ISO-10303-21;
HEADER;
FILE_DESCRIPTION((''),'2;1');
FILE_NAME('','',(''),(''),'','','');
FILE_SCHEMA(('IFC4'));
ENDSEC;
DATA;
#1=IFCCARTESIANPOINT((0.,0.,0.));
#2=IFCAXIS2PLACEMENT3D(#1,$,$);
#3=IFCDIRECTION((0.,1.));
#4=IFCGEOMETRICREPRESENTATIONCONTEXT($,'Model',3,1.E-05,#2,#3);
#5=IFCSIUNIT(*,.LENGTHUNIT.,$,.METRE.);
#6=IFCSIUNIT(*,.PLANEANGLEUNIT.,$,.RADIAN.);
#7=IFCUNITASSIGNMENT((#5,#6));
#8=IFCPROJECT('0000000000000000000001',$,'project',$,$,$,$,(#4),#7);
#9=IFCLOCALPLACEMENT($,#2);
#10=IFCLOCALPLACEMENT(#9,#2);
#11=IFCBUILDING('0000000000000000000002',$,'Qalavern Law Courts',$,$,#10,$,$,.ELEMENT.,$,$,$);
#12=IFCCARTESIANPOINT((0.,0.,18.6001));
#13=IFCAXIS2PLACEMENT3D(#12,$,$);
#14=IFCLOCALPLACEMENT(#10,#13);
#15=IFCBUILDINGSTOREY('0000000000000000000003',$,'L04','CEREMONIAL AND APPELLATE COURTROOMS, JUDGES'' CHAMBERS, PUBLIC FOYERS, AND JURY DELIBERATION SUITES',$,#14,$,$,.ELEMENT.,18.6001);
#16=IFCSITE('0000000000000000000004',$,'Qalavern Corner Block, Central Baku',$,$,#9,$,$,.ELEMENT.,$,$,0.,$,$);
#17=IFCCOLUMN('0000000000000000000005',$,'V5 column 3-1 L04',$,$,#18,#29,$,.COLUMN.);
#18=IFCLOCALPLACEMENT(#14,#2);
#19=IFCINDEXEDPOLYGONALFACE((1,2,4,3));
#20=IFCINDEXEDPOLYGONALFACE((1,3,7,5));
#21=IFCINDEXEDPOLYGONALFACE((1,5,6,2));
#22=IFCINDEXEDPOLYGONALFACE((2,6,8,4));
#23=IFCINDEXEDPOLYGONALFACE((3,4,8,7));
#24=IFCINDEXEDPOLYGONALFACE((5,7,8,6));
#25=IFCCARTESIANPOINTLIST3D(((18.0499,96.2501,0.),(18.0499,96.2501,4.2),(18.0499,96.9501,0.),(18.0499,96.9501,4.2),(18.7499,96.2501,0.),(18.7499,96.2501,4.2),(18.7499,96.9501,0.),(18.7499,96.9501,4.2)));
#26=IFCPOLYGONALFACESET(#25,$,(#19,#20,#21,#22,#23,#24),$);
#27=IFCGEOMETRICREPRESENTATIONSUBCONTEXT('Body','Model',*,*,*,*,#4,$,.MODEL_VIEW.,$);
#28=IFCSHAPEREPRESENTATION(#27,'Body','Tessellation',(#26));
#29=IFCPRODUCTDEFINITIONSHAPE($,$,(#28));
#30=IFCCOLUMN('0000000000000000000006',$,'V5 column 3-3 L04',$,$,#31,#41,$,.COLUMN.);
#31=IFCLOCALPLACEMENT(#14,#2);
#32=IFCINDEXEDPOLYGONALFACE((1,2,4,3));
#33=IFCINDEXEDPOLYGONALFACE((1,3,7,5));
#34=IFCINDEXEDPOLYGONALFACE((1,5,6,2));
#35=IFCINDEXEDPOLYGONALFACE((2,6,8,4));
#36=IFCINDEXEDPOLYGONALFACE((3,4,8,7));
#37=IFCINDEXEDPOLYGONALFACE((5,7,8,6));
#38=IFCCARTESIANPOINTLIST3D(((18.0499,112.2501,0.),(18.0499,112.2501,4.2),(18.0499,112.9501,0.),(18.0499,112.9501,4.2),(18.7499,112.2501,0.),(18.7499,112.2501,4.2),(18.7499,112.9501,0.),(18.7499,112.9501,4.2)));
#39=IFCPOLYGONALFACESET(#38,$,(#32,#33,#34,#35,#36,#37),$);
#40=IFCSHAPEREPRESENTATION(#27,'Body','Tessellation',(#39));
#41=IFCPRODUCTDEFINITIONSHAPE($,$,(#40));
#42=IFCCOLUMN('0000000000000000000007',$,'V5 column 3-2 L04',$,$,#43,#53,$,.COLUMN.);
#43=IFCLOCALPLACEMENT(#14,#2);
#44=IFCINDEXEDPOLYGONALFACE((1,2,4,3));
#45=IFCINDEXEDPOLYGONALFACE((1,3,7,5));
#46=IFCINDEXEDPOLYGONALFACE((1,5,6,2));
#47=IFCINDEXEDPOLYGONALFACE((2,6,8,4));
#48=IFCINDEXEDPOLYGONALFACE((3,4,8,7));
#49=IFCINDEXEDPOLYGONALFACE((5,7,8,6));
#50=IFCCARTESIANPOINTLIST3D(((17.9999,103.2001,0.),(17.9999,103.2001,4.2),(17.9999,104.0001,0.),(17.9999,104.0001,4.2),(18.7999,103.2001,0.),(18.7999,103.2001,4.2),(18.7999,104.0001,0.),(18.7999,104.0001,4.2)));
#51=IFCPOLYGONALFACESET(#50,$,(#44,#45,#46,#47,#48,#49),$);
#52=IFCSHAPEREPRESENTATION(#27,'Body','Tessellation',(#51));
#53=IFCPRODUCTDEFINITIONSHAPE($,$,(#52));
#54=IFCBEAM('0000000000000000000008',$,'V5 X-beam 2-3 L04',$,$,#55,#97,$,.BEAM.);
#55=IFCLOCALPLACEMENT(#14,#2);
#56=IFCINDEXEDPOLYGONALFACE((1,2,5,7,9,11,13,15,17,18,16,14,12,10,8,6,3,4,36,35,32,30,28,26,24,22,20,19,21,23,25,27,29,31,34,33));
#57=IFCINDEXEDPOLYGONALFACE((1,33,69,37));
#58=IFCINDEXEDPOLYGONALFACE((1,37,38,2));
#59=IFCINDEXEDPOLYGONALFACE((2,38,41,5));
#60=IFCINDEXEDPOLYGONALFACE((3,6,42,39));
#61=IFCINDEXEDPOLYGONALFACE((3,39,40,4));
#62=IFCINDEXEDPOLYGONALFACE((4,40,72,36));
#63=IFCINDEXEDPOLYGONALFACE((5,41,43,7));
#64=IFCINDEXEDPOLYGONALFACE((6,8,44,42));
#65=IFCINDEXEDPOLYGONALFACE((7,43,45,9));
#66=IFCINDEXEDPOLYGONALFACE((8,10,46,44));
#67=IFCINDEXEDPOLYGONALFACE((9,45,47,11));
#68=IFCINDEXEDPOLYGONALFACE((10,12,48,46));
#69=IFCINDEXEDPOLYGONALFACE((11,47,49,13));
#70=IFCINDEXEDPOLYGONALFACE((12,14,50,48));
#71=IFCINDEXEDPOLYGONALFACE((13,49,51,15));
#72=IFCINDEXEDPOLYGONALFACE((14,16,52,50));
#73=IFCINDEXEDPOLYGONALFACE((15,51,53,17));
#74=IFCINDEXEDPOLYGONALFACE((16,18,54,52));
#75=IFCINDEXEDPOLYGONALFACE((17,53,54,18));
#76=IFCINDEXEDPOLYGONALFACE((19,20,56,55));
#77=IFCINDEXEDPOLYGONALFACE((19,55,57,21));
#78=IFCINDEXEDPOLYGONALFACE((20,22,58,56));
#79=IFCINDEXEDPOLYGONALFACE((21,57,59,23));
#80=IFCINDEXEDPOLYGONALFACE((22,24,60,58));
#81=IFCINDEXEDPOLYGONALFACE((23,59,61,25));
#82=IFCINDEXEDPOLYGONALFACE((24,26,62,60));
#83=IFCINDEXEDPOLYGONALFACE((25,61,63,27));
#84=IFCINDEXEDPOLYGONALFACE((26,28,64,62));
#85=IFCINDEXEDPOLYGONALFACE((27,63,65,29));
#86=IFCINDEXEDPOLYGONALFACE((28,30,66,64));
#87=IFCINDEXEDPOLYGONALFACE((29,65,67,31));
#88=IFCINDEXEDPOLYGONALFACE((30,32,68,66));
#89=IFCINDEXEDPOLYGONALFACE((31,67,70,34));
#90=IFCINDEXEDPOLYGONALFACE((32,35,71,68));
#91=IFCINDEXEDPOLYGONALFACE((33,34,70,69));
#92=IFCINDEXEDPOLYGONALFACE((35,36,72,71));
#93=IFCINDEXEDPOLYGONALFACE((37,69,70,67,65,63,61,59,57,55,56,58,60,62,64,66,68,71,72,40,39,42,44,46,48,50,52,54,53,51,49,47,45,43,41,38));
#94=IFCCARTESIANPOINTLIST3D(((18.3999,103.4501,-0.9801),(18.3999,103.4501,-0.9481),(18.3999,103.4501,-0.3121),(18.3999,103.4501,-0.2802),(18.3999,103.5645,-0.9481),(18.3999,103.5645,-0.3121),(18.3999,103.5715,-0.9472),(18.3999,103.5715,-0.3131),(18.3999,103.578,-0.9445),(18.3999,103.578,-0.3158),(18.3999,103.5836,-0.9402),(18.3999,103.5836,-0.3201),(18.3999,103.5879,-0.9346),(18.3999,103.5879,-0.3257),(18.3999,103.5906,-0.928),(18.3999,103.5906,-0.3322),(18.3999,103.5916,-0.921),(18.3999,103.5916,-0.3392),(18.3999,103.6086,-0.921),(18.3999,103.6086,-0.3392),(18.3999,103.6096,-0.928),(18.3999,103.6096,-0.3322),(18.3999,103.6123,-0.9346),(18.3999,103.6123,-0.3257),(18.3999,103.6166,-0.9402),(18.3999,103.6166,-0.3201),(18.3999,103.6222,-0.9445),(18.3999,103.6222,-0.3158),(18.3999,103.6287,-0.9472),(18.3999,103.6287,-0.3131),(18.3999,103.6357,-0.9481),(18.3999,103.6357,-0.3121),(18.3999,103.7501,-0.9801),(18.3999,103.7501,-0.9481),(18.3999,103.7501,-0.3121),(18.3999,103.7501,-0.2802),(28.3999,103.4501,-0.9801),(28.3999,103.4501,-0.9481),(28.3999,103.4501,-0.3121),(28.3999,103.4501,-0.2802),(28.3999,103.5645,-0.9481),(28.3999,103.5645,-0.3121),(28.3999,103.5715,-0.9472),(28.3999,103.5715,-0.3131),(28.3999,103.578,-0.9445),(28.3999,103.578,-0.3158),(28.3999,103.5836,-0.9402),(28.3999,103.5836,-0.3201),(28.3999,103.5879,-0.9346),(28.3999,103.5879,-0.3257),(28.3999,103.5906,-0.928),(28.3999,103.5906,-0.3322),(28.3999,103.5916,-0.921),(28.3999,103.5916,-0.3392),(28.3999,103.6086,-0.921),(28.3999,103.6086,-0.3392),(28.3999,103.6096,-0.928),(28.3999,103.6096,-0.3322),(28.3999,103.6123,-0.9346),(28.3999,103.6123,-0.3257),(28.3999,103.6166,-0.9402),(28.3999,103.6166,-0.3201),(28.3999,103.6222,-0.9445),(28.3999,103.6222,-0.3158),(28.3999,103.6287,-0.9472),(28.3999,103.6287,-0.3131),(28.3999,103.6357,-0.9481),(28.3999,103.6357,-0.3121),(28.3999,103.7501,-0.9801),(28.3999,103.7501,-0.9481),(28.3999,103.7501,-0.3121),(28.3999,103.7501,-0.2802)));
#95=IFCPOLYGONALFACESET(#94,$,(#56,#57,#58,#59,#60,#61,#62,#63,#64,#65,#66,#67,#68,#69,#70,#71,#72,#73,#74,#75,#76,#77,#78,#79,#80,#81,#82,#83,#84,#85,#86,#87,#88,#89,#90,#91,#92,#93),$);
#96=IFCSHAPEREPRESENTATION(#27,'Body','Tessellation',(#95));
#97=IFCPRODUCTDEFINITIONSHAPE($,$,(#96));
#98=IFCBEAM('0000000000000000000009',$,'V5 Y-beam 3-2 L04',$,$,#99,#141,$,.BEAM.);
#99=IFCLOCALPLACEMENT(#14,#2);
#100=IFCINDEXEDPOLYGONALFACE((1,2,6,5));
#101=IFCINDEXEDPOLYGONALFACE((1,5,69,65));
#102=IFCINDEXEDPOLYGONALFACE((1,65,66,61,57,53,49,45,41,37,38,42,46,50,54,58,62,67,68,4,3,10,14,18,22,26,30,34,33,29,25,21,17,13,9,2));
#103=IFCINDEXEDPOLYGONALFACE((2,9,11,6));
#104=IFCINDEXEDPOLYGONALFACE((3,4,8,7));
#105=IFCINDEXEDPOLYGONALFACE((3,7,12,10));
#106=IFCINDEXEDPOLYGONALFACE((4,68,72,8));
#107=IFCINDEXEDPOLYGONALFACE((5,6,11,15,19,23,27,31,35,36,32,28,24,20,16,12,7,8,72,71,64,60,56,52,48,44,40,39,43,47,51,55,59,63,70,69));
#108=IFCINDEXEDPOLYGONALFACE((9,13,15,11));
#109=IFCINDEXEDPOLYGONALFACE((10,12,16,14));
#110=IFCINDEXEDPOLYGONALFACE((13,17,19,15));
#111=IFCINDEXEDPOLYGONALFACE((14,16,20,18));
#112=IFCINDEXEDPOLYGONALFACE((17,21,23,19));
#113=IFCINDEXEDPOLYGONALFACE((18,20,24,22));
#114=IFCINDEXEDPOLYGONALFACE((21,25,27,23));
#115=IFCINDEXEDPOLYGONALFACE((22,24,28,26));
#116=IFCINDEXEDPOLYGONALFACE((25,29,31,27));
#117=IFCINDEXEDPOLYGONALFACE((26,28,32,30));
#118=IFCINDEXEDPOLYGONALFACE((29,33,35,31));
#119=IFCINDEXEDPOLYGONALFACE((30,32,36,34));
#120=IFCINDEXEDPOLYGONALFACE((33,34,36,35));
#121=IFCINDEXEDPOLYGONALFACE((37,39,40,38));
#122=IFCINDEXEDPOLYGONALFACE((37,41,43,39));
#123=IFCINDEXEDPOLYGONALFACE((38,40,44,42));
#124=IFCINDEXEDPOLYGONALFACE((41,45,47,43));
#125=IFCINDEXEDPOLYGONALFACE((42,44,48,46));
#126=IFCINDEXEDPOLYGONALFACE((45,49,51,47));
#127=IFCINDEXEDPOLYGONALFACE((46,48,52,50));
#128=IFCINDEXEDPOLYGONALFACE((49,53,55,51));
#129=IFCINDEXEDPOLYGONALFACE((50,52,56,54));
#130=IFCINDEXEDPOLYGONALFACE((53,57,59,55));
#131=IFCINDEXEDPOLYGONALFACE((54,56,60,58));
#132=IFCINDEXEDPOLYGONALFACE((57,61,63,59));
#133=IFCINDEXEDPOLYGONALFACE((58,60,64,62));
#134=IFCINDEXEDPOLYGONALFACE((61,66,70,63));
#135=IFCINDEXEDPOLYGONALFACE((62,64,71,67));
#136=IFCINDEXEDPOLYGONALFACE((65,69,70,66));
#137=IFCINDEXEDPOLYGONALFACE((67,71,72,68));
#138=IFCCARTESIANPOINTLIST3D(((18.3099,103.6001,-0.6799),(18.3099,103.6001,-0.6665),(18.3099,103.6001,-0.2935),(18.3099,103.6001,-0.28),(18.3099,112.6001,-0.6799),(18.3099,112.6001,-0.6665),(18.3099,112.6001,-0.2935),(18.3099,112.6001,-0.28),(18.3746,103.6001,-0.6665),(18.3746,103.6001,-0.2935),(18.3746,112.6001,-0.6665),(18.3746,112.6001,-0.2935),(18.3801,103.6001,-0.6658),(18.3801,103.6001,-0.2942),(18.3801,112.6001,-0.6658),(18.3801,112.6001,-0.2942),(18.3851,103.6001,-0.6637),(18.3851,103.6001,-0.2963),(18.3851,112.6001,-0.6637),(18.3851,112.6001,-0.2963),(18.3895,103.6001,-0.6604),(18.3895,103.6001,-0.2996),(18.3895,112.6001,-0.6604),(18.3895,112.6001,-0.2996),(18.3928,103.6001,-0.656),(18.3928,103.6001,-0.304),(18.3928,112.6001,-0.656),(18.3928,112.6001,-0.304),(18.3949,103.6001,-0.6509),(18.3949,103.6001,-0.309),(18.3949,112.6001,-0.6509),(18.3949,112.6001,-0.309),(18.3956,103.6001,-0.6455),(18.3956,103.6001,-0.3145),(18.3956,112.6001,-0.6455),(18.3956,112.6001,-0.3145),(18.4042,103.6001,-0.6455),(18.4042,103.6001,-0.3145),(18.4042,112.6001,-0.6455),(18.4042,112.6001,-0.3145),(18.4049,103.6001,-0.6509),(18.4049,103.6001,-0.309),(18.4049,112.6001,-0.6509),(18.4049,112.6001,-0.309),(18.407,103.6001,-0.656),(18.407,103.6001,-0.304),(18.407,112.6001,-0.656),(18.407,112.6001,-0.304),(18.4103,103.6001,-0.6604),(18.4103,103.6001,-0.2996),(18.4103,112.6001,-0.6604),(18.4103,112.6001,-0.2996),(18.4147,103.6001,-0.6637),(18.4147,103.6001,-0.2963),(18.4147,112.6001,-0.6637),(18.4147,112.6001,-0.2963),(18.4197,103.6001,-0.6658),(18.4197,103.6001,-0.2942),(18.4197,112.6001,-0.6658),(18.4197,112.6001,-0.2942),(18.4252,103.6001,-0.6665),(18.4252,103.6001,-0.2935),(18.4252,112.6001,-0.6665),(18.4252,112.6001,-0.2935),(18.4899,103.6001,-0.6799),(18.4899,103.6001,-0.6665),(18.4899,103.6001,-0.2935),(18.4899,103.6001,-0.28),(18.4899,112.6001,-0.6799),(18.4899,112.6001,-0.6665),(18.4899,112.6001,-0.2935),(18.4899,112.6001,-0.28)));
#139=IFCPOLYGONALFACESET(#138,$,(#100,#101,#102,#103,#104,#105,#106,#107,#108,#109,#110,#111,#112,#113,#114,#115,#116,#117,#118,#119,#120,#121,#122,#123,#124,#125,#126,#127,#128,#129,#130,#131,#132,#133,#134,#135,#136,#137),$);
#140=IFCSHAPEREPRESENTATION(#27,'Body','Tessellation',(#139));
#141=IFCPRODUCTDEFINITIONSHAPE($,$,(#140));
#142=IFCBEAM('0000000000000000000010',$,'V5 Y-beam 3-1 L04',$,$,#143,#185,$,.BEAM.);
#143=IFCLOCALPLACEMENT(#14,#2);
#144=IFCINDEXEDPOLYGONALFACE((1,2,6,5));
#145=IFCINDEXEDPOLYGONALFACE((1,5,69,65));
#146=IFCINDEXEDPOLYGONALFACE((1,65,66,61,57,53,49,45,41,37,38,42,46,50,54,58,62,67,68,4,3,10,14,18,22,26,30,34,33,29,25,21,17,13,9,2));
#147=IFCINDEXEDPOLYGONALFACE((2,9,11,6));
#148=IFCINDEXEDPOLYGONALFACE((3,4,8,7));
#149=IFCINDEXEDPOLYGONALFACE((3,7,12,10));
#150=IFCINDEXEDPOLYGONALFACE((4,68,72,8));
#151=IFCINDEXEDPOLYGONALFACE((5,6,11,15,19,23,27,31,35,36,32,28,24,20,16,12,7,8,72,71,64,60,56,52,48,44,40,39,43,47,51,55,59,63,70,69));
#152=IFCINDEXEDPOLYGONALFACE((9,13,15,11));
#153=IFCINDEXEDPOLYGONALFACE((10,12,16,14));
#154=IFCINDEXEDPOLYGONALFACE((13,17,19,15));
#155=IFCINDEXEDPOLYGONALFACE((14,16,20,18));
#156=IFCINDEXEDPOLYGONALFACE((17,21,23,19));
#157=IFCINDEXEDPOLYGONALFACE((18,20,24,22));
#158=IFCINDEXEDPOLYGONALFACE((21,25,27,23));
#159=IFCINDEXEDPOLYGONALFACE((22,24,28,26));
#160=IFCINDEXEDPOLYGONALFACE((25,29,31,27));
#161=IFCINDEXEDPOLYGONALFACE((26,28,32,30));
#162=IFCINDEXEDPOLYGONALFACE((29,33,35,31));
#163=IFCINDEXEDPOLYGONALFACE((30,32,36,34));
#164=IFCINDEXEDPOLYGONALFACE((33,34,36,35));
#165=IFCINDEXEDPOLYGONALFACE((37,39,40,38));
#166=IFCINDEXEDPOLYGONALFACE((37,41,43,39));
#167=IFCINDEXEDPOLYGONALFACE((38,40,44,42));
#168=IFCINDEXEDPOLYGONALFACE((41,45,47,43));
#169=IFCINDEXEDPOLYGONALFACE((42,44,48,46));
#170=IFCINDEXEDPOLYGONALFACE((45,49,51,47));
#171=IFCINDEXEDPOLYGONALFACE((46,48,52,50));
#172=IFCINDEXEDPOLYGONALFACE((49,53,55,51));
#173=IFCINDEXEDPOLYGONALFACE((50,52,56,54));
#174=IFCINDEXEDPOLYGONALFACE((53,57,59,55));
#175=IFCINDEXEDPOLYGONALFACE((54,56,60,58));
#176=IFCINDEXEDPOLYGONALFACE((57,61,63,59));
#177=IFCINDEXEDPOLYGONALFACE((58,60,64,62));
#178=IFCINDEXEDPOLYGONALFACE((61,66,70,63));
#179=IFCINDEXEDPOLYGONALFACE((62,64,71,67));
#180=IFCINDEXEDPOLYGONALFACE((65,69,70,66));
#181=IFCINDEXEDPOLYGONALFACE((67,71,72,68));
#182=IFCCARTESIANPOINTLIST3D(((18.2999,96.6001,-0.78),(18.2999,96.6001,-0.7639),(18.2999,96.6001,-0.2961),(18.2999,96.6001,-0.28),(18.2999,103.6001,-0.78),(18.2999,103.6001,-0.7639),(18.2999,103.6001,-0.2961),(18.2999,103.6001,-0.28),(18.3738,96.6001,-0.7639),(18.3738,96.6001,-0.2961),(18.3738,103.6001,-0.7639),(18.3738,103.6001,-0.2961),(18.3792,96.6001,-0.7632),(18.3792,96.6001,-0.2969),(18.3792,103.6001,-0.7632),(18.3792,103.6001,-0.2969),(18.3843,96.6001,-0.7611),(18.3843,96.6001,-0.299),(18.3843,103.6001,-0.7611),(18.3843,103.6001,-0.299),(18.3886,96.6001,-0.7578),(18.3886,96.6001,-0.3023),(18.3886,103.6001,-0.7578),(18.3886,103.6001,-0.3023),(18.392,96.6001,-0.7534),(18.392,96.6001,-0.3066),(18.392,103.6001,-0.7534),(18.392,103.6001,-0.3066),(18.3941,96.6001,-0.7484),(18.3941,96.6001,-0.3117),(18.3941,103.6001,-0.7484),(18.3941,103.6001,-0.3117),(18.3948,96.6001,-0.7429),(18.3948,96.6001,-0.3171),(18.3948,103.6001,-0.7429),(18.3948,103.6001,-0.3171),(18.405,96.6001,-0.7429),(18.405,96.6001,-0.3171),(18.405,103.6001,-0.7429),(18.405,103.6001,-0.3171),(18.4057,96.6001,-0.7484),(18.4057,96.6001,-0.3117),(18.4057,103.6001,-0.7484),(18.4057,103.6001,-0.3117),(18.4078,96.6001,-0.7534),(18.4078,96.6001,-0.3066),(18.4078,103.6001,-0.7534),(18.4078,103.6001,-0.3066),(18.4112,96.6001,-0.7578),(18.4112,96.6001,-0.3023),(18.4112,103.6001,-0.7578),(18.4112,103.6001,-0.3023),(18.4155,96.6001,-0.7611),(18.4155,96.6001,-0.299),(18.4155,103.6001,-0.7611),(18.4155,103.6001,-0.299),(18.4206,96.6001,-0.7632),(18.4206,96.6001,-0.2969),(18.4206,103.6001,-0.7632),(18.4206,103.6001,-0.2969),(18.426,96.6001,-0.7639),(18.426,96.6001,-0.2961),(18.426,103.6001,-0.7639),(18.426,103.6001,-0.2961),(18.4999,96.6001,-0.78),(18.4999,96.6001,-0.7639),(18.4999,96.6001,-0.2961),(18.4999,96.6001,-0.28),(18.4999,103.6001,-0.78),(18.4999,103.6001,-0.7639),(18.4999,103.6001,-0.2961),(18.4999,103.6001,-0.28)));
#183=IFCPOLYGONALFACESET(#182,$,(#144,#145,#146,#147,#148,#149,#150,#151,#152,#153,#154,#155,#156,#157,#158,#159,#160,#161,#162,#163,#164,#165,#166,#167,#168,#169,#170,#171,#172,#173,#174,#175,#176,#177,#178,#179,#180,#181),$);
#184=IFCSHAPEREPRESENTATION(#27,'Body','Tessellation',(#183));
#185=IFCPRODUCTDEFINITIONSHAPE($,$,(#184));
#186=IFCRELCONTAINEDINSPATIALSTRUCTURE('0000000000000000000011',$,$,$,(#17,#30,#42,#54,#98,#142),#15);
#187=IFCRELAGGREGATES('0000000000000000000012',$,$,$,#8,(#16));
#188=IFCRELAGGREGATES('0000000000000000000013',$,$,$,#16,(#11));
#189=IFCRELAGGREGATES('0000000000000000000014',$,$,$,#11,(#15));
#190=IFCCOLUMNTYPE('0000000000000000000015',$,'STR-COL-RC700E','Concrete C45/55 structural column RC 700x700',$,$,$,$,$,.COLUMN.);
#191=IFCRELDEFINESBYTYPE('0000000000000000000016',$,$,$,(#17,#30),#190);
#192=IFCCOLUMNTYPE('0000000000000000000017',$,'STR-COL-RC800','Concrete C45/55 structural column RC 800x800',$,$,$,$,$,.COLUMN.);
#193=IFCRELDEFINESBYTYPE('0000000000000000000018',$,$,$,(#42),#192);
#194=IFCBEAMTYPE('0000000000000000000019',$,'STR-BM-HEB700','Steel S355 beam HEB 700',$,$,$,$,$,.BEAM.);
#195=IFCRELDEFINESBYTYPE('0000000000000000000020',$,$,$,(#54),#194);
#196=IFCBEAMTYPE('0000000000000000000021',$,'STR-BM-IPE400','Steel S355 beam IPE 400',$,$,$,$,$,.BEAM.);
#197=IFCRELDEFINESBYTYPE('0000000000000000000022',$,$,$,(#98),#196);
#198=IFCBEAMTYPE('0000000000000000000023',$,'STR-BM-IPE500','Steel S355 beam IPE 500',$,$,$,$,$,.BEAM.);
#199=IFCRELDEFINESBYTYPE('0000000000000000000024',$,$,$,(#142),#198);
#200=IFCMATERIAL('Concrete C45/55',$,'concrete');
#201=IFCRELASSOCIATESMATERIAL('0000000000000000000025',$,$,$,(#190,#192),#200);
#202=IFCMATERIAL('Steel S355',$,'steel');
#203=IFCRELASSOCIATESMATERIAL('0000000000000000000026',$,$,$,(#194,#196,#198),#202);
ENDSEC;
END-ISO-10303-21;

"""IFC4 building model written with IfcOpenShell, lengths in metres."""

from ifc_helpers import new_model, si_unit, direction, frame, origin, origin_2d, place, context, subcontext, project, spatial, rectangle, i_section, extrude, material, material_profile, profile_set, type_object, element, save


model = new_model("IFC4")

# Units and contexts
model_context = context("Model", 3, precision=1e-05, world=origin(), true_north=direction((0.0, 1.0)))
body_context = subcontext(model_context, "Body", "Model", "MODEL_VIEW")
ifc_project = project(units=[si_unit("LENGTHUNIT", "METRE"), si_unit("PLANEANGLEUNIT", "RADIAN")], contexts=[model_context])

# Site, building, storey
site_placement = place(None, origin())
site = spatial("IfcSite", under=ifc_project, at=site_placement, Name="Qalavern Corner Block, Central Baku", CompositionType="ELEMENT", RefElevation=0.0)
building_placement = place(site_placement, origin())
building = spatial("IfcBuilding", under=site, at=building_placement, Name="Qalavern Law Courts", CompositionType="ELEMENT")
storey_placement = place(building_placement, frame((0.0, 0.0, 18.6001)))
storey = spatial("IfcBuildingStorey", under=building, at=storey_placement, Name="L04", Description="CEREMONIAL AND APPELLATE COURTROOMS, JUDGES' CHAMBERS, PUBLIC FOYERS, AND JURY DELIBERATION SUITES", CompositionType="ELEMENT", Elevation=18.6001)

# Columns
ifc_material_1 = material(Name="Concrete C45/55", Category="concrete")
ifc_material_profile_1 = material_profile(ifc_material_1, rectangle(XDim=0.7, YDim=0.7, at=origin_2d()), Name="RC 700x700")
ifc_profile_set_1 = profile_set([ifc_material_profile_1], Name="Concrete C45/55")
column_type_1 = type_object("IfcColumnType", Name="STR-COL-RC700E", Description="Concrete C45/55 structural column RC 700x700", PredefinedType="COLUMN", material=ifc_profile_set_1)
for number, where, z_axis, x_axis, name in (
    (1, (18.3999, 96.6001, 0.0), (0.0, 0.0, 1.0), (1.0, 0.0, 0.0), "V5 column 3-1 L04"),
    (2, (18.3999, 112.6001, 0.0), (0.0, 0.0, 1.0), (1.0, 0.0, 0.0), "V5 column 3-3 L04"),
):
    element("IfcColumn", number, at=place(storey_placement, frame(where, z_axis=z_axis, x_axis=x_axis)), inside=storey, type_object=column_type_1, Name=name, PredefinedType="COLUMN", context=body_context, shape_type="SweptSolid", body=[
        extrude(rectangle(XDim=0.7, YDim=0.7, at=origin_2d()), origin(), (0.0, 0.0, 1.0), 4.2),
    ])
ifc_material_profile_2 = material_profile(ifc_material_1, rectangle(XDim=0.8, YDim=0.8, at=origin_2d()), Name="RC 800x800")
ifc_profile_set_2 = profile_set([ifc_material_profile_2], Name="Concrete C45/55")
column_type_2 = type_object("IfcColumnType", Name="STR-COL-RC800", Description="Concrete C45/55 structural column RC 800x800", PredefinedType="COLUMN", material=ifc_profile_set_2)
column_placement = place(storey_placement, frame((18.3999, 103.6001, 0.0), z_axis=(0.0, 0.0, 1.0), x_axis=(1.0, 0.0, 0.0)))
element("IfcColumn", 3, at=column_placement, inside=storey, type_object=column_type_2, Name="V5 column 3-2 L04", PredefinedType="COLUMN", context=body_context, shape_type="SweptSolid", body=[
    extrude(rectangle(XDim=0.8, YDim=0.8, at=origin_2d()), origin(), (0.0, 0.0, 1.0), 4.2),
])

# Beams
ifc_material_2 = material(Name="Steel S355", Category="steel")
ifc_material_profile_3 = material_profile(ifc_material_2, i_section(OverallWidth=0.3, OverallDepth=0.7, WebThickness=0.0171, FlangeThickness=0.032, FilletRadius=0.0271, at=origin_2d()), Name="HEB 700")
ifc_profile_set_3 = profile_set([ifc_material_profile_3], Name="Steel S355")
beam_type_1 = type_object("IfcBeamType", Name="STR-BM-HEB700", Description="Steel S355 beam HEB 700", PredefinedType="BEAM", material=ifc_profile_set_3)
beam_1_placement = place(storey_placement, frame((18.3999, 103.6001, -0.6301), z_axis=(1.0, 0.0, 0.0), x_axis=(0.0, 1.0, 0.0)))
element("IfcBeam", 4, at=beam_1_placement, inside=storey, type_object=beam_type_1, Name="V5 X-beam 2-3 L04", PredefinedType="BEAM", context=body_context, shape_type="SweptSolid", body=[
    extrude(i_section(OverallWidth=0.3, OverallDepth=0.7, WebThickness=0.0171, FlangeThickness=0.032, FilletRadius=0.0271, at=origin_2d()), origin(), (0.0, 0.0, 1.0), 10.0),
])
ifc_material_profile_4 = material_profile(ifc_material_2, i_section(OverallWidth=0.1799, OverallDepth=0.3999, WebThickness=0.0085, FlangeThickness=0.0134, FilletRadius=0.021, at=origin_2d()), Name="IPE 400")
ifc_profile_set_4 = profile_set([ifc_material_profile_4], Name="Steel S355")
beam_type_2 = type_object("IfcBeamType", Name="STR-BM-IPE400", Description="Steel S355 beam IPE 400", PredefinedType="BEAM", material=ifc_profile_set_4)
beam_2_placement = place(storey_placement, frame((18.3999, 103.6001, -0.48), z_axis=(0.0, 1.0, 0.0), x_axis=(-1.0, 0.0, 0.0)))
element("IfcBeam", 5, at=beam_2_placement, inside=storey, type_object=beam_type_2, Name="V5 Y-beam 3-2 L04", PredefinedType="BEAM", context=body_context, shape_type="SweptSolid", body=[
    extrude(i_section(OverallWidth=0.1799, OverallDepth=0.3999, WebThickness=0.0085, FlangeThickness=0.0134, FilletRadius=0.021, at=origin_2d()), origin(), (0.0, 0.0, 1.0), 9.0),
])
ifc_material_profile_5 = material_profile(ifc_material_2, i_section(OverallWidth=0.2, OverallDepth=0.5, WebThickness=0.0103, FlangeThickness=0.0161, FilletRadius=0.021, at=origin_2d()), Name="IPE 500")
ifc_profile_set_5 = profile_set([ifc_material_profile_5], Name="Steel S355")
beam_type_3 = type_object("IfcBeamType", Name="STR-BM-IPE500", Description="Steel S355 beam IPE 500", PredefinedType="BEAM", material=ifc_profile_set_5)
beam_3_placement = place(storey_placement, frame((18.3999, 96.6001, -0.53), z_axis=(0.0, 1.0, 0.0), x_axis=(-1.0, 0.0, 0.0)))
element("IfcBeam", 6, at=beam_3_placement, inside=storey, type_object=beam_type_3, Name="V5 Y-beam 3-1 L04", PredefinedType="BEAM", context=body_context, shape_type="SweptSolid", body=[
    extrude(i_section(OverallWidth=0.2, OverallDepth=0.5, WebThickness=0.0103, FlangeThickness=0.0161, FilletRadius=0.021, at=origin_2d()), origin(), (0.0, 0.0, 1.0), 7.0),
])

save(model, "model.ifc")
